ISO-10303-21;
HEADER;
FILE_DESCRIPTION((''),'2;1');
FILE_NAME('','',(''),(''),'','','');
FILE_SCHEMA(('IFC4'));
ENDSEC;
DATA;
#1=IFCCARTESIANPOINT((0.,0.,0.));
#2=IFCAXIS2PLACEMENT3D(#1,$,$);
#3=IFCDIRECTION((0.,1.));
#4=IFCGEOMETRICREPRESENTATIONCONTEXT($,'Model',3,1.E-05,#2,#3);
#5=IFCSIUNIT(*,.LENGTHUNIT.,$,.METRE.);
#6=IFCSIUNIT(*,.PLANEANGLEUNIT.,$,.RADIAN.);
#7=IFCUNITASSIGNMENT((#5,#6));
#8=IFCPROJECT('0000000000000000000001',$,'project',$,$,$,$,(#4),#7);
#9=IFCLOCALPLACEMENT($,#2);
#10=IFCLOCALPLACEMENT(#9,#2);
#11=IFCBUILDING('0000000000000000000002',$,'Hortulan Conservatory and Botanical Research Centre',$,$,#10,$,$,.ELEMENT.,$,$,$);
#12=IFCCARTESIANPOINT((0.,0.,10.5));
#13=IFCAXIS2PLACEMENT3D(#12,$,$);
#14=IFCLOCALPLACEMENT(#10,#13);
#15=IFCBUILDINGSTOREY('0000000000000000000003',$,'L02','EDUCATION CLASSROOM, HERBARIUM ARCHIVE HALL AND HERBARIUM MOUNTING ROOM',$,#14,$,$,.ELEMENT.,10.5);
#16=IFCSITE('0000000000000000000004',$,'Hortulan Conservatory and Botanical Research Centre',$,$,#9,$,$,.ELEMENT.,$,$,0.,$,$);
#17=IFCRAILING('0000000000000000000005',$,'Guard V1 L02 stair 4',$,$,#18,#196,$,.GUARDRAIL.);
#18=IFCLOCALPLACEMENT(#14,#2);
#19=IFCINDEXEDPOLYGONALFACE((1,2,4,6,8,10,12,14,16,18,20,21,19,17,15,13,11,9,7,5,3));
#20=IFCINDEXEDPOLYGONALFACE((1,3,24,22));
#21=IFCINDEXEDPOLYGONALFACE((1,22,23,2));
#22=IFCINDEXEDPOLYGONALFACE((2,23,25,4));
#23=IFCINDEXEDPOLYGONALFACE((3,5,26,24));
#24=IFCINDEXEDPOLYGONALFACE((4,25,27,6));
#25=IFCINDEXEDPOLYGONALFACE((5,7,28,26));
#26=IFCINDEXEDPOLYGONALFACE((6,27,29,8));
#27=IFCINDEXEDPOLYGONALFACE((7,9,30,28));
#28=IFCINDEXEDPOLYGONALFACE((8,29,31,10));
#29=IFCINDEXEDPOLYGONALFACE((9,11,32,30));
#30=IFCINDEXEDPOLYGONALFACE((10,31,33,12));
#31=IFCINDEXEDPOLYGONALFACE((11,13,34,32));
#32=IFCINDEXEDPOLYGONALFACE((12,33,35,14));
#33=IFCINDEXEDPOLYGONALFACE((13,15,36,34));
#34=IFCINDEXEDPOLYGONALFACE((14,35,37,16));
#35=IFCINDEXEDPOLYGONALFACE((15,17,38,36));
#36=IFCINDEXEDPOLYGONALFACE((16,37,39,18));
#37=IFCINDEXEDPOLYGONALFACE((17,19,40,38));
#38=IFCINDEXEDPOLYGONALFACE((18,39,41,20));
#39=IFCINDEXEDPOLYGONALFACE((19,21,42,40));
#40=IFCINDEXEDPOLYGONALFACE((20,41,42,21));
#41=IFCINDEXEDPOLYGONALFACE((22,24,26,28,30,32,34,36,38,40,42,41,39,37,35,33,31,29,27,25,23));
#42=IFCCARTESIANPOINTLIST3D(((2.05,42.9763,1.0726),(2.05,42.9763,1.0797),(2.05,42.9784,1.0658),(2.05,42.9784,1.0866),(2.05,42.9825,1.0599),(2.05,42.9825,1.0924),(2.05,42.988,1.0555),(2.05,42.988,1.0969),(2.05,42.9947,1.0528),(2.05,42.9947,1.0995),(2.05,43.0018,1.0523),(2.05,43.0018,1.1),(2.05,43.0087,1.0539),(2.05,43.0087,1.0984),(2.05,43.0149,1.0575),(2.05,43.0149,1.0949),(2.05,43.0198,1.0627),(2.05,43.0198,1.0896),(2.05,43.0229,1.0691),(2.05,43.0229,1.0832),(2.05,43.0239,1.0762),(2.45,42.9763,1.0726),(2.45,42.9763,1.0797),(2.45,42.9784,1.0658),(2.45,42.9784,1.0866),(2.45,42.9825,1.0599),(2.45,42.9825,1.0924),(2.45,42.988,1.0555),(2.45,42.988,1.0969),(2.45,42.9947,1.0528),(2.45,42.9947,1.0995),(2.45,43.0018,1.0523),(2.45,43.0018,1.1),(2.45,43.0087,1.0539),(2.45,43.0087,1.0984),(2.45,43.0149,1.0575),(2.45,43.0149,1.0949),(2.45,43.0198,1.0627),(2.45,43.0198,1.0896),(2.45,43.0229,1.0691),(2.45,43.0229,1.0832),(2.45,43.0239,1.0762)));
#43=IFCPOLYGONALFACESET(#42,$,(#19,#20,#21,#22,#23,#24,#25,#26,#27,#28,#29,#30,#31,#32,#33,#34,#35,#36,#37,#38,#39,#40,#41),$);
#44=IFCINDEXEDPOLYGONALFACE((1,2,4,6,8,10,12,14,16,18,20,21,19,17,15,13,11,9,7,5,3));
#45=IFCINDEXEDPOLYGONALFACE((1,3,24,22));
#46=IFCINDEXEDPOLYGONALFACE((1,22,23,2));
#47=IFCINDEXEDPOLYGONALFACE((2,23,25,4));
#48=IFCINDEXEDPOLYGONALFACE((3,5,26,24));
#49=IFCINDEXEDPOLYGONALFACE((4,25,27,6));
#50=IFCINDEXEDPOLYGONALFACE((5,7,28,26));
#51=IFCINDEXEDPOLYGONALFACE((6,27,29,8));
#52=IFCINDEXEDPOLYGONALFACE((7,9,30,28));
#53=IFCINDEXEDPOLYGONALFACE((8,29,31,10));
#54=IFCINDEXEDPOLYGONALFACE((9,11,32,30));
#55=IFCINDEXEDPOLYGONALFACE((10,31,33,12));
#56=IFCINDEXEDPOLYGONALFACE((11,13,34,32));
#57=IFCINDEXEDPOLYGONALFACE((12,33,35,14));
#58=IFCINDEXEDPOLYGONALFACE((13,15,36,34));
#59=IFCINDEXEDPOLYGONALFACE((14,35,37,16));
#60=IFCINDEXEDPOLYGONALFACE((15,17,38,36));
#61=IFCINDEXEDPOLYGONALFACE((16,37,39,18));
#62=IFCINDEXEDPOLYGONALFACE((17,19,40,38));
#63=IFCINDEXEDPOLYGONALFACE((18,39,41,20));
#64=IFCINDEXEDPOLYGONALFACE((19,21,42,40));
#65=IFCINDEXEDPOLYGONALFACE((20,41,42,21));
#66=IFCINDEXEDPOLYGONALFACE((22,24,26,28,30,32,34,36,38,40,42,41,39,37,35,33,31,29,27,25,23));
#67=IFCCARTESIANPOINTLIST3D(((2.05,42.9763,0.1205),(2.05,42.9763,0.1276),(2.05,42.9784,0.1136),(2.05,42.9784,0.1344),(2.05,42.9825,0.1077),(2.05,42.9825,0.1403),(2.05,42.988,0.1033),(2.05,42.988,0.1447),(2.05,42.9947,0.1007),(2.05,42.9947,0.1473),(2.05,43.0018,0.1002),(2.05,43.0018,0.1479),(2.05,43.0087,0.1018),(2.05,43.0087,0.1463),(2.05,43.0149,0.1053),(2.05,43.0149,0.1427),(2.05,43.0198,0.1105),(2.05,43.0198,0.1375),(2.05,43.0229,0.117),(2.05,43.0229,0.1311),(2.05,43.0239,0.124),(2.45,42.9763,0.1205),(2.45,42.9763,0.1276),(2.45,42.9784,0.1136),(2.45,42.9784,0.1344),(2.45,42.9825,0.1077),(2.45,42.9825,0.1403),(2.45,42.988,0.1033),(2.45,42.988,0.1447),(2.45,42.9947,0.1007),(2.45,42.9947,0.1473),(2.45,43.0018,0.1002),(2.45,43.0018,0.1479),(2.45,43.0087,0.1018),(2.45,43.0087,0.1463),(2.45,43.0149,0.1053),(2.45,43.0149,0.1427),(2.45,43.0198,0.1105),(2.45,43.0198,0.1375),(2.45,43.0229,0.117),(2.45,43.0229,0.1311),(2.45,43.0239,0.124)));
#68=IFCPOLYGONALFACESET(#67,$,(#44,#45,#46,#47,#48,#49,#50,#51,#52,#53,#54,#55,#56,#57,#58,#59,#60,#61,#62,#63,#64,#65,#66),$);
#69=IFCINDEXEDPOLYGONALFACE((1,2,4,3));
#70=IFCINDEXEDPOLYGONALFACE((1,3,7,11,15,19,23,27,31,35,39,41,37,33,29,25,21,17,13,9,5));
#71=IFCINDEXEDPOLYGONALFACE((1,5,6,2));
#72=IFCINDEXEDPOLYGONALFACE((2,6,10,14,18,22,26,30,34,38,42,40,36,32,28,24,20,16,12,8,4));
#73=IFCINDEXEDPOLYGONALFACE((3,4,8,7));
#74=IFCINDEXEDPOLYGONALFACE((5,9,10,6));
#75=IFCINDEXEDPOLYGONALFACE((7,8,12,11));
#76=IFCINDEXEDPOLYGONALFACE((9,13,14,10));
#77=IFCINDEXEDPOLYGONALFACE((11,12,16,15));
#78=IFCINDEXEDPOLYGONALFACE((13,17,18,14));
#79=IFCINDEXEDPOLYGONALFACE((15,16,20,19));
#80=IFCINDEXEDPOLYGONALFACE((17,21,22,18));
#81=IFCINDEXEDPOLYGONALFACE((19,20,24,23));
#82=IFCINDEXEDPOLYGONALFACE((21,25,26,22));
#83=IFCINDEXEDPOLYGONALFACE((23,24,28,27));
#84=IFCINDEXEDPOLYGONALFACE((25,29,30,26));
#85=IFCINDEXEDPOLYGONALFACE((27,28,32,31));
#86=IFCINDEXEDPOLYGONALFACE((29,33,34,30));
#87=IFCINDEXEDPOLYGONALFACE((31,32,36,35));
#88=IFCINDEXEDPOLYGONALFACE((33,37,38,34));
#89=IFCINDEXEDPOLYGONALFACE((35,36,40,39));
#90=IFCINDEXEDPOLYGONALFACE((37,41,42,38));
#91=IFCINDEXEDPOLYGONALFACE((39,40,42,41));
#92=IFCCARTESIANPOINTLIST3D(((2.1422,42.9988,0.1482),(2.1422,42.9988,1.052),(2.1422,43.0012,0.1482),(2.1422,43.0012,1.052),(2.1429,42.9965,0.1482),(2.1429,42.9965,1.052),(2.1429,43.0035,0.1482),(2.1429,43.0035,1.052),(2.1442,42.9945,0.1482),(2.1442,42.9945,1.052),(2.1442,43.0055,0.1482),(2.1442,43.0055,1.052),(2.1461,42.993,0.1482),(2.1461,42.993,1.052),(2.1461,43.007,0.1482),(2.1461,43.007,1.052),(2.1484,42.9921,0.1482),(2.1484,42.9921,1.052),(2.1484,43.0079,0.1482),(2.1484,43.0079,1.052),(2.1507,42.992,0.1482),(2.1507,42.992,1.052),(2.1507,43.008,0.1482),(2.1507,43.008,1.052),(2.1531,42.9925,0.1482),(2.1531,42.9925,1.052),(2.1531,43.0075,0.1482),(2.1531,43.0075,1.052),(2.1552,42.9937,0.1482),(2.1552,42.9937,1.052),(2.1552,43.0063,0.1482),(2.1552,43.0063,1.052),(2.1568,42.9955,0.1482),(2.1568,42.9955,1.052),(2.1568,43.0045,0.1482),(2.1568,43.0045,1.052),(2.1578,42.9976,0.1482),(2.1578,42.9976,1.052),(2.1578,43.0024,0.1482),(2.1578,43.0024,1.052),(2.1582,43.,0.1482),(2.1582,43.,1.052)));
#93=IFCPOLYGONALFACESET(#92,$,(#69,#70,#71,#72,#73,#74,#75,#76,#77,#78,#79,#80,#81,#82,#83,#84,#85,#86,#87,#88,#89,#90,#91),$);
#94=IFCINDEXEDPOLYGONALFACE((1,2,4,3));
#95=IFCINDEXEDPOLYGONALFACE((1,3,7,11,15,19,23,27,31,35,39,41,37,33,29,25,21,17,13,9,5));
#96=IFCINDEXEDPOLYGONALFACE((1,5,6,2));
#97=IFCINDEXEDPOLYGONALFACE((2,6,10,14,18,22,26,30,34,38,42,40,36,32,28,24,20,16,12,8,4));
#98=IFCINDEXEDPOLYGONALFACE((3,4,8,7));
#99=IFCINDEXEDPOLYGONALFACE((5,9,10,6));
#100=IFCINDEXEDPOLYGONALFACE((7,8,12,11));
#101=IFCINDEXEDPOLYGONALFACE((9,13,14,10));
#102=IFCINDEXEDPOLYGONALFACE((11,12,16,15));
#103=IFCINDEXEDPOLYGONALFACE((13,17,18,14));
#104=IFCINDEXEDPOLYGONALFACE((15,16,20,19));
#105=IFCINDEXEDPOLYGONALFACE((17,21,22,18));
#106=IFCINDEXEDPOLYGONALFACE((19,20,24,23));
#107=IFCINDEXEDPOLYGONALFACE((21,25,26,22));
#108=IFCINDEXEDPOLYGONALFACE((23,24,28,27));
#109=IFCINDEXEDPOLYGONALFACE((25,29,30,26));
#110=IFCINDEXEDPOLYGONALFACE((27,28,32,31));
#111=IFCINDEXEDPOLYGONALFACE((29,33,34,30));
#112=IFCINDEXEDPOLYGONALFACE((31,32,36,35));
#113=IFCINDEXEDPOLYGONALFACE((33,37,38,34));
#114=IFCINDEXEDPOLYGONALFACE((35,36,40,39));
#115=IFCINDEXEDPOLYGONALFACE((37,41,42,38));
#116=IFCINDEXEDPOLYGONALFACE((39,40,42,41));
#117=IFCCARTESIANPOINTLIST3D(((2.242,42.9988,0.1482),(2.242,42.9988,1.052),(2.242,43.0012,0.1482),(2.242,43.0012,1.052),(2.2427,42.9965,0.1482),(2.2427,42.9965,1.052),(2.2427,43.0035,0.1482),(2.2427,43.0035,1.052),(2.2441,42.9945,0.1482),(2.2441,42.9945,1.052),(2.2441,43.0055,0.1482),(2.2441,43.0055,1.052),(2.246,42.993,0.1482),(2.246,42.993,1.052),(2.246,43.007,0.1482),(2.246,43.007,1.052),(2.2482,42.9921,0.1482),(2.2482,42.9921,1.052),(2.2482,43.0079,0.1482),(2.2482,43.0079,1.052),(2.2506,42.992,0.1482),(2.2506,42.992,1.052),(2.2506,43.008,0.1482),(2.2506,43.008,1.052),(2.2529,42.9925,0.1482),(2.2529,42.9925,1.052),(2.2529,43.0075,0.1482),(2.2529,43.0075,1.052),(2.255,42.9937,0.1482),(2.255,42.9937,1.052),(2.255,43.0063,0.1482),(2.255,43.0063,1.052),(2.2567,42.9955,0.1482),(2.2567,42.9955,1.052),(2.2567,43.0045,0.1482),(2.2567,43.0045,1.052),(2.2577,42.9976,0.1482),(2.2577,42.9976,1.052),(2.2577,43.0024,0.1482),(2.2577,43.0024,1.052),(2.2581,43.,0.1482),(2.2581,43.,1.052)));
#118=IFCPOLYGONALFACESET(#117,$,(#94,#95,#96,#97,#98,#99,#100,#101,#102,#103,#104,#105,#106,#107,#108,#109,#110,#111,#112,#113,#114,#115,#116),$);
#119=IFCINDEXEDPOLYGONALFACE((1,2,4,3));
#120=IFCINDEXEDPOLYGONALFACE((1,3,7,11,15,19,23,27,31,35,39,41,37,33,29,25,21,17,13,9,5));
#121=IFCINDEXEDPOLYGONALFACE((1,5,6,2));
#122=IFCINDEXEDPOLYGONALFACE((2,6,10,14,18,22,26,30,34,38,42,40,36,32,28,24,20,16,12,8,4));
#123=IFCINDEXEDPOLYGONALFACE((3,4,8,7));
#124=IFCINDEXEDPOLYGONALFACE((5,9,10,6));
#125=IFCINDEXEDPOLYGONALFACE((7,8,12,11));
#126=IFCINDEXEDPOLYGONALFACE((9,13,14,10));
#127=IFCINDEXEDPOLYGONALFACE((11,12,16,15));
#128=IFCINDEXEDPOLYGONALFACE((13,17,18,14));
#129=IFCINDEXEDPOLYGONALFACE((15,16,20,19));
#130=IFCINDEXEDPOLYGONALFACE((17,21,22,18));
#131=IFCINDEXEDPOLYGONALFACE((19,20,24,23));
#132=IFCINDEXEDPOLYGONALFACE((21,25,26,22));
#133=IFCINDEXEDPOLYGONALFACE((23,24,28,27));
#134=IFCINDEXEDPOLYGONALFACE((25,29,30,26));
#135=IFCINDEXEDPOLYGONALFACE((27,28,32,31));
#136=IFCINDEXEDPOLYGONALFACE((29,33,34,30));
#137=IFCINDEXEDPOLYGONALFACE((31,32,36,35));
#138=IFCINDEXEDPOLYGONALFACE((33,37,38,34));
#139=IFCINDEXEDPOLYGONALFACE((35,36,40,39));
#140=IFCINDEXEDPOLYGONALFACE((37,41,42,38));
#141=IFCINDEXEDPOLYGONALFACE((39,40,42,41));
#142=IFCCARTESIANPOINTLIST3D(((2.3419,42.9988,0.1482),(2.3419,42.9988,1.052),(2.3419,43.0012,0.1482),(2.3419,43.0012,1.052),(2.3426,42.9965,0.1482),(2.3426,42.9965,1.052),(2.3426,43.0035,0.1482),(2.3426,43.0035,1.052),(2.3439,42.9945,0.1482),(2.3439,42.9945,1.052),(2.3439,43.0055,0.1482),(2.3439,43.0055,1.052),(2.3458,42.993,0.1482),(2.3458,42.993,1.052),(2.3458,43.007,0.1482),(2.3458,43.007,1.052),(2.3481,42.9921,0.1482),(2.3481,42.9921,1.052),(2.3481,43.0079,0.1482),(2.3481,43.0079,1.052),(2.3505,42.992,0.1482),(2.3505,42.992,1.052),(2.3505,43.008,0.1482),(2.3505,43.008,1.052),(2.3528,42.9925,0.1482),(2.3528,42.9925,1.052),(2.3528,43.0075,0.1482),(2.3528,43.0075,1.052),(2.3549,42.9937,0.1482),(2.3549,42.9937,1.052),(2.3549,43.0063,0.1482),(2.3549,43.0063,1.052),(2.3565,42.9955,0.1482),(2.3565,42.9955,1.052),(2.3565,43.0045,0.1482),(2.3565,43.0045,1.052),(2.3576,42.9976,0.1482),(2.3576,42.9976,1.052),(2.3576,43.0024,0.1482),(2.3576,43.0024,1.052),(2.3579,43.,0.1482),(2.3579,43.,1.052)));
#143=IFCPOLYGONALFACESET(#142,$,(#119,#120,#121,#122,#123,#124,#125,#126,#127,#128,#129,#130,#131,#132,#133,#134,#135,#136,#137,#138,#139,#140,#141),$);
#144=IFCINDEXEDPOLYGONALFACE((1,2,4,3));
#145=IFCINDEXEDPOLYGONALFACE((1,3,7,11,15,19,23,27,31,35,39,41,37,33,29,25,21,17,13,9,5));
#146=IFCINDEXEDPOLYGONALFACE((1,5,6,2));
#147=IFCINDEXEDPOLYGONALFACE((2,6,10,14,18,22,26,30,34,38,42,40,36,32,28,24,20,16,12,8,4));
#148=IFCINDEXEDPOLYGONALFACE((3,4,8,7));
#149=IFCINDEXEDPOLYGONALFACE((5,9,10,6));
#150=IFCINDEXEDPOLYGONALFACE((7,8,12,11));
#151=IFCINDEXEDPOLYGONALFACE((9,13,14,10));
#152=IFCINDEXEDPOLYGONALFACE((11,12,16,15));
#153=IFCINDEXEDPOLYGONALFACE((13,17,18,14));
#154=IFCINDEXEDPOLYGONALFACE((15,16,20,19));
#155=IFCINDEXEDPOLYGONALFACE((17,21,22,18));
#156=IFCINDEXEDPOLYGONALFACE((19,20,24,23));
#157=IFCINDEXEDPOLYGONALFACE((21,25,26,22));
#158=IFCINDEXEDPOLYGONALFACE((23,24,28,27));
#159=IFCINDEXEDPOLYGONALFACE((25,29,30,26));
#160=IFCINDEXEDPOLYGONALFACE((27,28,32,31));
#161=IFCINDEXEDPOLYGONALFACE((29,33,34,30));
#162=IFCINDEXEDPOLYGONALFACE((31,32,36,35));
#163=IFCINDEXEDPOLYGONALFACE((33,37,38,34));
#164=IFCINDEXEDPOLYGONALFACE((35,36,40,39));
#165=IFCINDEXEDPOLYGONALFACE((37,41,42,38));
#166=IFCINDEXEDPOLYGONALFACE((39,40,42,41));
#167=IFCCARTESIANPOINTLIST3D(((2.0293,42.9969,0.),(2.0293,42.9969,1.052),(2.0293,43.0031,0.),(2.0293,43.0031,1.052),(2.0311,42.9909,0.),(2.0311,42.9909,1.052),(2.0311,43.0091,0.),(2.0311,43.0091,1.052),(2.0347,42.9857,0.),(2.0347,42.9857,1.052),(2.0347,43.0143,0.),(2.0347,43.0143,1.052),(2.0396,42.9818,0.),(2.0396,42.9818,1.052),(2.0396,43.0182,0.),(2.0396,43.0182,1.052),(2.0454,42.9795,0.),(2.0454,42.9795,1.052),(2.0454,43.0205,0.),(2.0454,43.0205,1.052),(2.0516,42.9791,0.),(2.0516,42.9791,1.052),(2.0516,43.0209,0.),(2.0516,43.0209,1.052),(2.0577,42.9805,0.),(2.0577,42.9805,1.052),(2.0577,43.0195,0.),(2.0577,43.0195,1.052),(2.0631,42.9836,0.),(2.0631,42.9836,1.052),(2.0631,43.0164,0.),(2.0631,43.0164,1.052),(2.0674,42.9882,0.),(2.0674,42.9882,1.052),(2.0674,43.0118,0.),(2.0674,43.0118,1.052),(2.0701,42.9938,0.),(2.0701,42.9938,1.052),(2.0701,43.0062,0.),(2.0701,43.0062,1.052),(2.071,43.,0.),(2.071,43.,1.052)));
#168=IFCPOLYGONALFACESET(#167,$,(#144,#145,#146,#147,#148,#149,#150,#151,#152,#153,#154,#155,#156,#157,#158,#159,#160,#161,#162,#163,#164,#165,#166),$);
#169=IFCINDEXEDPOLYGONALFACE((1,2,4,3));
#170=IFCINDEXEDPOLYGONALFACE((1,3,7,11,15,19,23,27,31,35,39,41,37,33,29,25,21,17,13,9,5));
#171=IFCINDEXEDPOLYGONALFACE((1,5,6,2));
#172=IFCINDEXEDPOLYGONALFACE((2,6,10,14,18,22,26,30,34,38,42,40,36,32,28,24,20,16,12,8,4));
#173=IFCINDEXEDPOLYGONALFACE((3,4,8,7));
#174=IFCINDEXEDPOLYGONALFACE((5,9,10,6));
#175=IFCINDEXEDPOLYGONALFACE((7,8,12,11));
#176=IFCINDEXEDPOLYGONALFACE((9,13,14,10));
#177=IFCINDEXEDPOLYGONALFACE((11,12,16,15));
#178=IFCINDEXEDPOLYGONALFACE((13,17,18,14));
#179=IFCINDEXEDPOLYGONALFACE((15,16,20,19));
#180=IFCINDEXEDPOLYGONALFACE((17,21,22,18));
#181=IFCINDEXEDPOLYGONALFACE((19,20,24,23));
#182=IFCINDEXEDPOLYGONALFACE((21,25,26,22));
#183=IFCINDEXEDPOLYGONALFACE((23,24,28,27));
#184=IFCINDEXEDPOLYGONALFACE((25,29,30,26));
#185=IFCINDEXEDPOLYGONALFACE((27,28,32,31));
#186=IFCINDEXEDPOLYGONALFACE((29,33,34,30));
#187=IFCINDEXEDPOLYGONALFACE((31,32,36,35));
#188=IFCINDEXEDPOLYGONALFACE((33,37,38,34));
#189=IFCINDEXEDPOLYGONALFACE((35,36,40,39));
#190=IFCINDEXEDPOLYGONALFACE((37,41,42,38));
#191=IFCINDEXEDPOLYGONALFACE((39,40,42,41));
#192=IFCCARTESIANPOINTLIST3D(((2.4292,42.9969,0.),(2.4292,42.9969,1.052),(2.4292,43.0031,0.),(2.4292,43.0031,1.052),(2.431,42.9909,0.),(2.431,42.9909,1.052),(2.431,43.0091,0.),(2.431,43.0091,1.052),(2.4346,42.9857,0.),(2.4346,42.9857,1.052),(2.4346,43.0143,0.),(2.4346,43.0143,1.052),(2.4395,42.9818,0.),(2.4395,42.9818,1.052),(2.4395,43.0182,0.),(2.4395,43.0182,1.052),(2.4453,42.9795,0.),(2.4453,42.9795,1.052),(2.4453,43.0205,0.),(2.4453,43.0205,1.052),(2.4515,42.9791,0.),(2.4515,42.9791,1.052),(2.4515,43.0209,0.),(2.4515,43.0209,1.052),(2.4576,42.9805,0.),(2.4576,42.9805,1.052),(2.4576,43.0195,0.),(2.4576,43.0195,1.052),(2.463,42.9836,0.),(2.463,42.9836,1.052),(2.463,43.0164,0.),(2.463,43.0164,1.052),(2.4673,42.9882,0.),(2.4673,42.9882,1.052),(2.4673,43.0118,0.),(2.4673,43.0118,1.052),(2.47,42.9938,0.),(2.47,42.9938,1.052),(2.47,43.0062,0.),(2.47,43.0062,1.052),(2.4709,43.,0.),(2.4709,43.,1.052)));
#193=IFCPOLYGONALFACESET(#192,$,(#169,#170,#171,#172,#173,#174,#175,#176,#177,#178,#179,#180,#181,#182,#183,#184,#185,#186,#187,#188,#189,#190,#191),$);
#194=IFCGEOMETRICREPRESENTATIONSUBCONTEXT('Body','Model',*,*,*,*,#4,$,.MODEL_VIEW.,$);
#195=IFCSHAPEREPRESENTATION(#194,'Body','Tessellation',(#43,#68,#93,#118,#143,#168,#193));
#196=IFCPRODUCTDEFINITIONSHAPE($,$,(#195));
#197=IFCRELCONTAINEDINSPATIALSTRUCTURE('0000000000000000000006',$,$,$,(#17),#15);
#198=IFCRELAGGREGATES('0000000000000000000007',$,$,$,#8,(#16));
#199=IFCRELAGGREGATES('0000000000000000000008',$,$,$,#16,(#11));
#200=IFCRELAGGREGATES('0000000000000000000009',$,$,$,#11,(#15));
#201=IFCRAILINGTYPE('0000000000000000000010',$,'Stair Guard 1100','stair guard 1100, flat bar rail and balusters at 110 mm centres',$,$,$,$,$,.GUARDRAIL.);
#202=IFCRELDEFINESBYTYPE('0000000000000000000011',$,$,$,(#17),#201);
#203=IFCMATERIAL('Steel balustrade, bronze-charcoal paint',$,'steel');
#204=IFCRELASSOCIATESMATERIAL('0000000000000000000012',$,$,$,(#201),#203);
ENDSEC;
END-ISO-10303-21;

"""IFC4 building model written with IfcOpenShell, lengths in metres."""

from ifc_helpers import new_model, si_unit, direction, frame, origin, origin_2d, place, context, subcontext, project, spatial, circle, extrude, material, type_object, element, save


model = new_model("IFC4")

# Units and contexts
model_context = context("Model", 3, precision=1e-05, world=origin(), true_north=direction((0.0, 1.0)))
body_context = subcontext(model_context, "Body", "Model", "MODEL_VIEW")
ifc_project = project(units=[si_unit("LENGTHUNIT", "METRE"), si_unit("PLANEANGLEUNIT", "RADIAN")], contexts=[model_context])

# Site, building, storey
site_placement = place(None, origin())
site = spatial("IfcSite", under=ifc_project, at=site_placement, Name="Hortulan Conservatory and Botanical Research Centre", CompositionType="ELEMENT", RefElevation=0.0)
building_placement = place(site_placement, origin())
building = spatial("IfcBuilding", under=site, at=building_placement, Name="Hortulan Conservatory and Botanical Research Centre", CompositionType="ELEMENT")
storey_placement = place(building_placement, frame((0.0, 0.0, 10.5)))
storey = spatial("IfcBuildingStorey", under=building, at=storey_placement, Name="L02", Description="EDUCATION CLASSROOM, HERBARIUM ARCHIVE HALL AND HERBARIUM MOUNTING ROOM", CompositionType="ELEMENT", Elevation=10.5)

# Railing
ifc_material_1 = material(Name="Steel balustrade, bronze-charcoal paint", Category="steel")
railing_type_1 = type_object("IfcRailingType", Name="Stair Guard 1100", Description="stair guard 1100, flat bar rail and balusters at 110 mm centres", PredefinedType="GUARDRAIL", material=ifc_material_1)
railing_1_placement = place(storey_placement, frame((2.05, 43.0, 0.0)))
element("IfcRailing", 1, at=railing_1_placement, inside=storey, type_object=railing_type_1, Name="Guard V1 L02 stair 4", PredefinedType="GUARDRAIL", context=body_context, shape_type="SweptSolid", body=[
    extrude(circle(Radius=0.0239, at=origin_2d()), frame((0.0, 0.0, 1.0762), z_axis=(1.0, 0.0, 0.0), x_axis=(0.0, 1.0, 0.0)), (0.0, 0.0, 1.0), 0.3999),
    extrude(circle(Radius=0.0239, at=origin_2d()), frame((0.0, 0.0, 0.124), z_axis=(1.0, 0.0, 0.0), x_axis=(0.0, 1.0, 0.0)), (0.0, 0.0, 1.0), 0.3999),
    extrude(circle(Radius=0.0081, at=origin_2d()), frame((0.1001, 0.0, 0.1482)), (0.0, 0.0, 1.0), 0.9038),
    extrude(circle(Radius=0.0081, at=origin_2d()), frame((0.2, 0.0, 0.1482)), (0.0, 0.0, 1.0), 0.9038),
    extrude(circle(Radius=0.0081, at=origin_2d()), frame((0.2998, 0.0, 0.1482)), (0.0, 0.0, 1.0), 0.9038),
    extrude(circle(Radius=0.021, at=origin_2d()), origin(), (0.0, 0.0, 1.0), 1.052),
    extrude(circle(Radius=0.021, at=origin_2d()), frame((0.3999, 0.0, 0.0)), (0.0, 0.0, 1.0), 1.052),
])

save(model, "model.ifc")
